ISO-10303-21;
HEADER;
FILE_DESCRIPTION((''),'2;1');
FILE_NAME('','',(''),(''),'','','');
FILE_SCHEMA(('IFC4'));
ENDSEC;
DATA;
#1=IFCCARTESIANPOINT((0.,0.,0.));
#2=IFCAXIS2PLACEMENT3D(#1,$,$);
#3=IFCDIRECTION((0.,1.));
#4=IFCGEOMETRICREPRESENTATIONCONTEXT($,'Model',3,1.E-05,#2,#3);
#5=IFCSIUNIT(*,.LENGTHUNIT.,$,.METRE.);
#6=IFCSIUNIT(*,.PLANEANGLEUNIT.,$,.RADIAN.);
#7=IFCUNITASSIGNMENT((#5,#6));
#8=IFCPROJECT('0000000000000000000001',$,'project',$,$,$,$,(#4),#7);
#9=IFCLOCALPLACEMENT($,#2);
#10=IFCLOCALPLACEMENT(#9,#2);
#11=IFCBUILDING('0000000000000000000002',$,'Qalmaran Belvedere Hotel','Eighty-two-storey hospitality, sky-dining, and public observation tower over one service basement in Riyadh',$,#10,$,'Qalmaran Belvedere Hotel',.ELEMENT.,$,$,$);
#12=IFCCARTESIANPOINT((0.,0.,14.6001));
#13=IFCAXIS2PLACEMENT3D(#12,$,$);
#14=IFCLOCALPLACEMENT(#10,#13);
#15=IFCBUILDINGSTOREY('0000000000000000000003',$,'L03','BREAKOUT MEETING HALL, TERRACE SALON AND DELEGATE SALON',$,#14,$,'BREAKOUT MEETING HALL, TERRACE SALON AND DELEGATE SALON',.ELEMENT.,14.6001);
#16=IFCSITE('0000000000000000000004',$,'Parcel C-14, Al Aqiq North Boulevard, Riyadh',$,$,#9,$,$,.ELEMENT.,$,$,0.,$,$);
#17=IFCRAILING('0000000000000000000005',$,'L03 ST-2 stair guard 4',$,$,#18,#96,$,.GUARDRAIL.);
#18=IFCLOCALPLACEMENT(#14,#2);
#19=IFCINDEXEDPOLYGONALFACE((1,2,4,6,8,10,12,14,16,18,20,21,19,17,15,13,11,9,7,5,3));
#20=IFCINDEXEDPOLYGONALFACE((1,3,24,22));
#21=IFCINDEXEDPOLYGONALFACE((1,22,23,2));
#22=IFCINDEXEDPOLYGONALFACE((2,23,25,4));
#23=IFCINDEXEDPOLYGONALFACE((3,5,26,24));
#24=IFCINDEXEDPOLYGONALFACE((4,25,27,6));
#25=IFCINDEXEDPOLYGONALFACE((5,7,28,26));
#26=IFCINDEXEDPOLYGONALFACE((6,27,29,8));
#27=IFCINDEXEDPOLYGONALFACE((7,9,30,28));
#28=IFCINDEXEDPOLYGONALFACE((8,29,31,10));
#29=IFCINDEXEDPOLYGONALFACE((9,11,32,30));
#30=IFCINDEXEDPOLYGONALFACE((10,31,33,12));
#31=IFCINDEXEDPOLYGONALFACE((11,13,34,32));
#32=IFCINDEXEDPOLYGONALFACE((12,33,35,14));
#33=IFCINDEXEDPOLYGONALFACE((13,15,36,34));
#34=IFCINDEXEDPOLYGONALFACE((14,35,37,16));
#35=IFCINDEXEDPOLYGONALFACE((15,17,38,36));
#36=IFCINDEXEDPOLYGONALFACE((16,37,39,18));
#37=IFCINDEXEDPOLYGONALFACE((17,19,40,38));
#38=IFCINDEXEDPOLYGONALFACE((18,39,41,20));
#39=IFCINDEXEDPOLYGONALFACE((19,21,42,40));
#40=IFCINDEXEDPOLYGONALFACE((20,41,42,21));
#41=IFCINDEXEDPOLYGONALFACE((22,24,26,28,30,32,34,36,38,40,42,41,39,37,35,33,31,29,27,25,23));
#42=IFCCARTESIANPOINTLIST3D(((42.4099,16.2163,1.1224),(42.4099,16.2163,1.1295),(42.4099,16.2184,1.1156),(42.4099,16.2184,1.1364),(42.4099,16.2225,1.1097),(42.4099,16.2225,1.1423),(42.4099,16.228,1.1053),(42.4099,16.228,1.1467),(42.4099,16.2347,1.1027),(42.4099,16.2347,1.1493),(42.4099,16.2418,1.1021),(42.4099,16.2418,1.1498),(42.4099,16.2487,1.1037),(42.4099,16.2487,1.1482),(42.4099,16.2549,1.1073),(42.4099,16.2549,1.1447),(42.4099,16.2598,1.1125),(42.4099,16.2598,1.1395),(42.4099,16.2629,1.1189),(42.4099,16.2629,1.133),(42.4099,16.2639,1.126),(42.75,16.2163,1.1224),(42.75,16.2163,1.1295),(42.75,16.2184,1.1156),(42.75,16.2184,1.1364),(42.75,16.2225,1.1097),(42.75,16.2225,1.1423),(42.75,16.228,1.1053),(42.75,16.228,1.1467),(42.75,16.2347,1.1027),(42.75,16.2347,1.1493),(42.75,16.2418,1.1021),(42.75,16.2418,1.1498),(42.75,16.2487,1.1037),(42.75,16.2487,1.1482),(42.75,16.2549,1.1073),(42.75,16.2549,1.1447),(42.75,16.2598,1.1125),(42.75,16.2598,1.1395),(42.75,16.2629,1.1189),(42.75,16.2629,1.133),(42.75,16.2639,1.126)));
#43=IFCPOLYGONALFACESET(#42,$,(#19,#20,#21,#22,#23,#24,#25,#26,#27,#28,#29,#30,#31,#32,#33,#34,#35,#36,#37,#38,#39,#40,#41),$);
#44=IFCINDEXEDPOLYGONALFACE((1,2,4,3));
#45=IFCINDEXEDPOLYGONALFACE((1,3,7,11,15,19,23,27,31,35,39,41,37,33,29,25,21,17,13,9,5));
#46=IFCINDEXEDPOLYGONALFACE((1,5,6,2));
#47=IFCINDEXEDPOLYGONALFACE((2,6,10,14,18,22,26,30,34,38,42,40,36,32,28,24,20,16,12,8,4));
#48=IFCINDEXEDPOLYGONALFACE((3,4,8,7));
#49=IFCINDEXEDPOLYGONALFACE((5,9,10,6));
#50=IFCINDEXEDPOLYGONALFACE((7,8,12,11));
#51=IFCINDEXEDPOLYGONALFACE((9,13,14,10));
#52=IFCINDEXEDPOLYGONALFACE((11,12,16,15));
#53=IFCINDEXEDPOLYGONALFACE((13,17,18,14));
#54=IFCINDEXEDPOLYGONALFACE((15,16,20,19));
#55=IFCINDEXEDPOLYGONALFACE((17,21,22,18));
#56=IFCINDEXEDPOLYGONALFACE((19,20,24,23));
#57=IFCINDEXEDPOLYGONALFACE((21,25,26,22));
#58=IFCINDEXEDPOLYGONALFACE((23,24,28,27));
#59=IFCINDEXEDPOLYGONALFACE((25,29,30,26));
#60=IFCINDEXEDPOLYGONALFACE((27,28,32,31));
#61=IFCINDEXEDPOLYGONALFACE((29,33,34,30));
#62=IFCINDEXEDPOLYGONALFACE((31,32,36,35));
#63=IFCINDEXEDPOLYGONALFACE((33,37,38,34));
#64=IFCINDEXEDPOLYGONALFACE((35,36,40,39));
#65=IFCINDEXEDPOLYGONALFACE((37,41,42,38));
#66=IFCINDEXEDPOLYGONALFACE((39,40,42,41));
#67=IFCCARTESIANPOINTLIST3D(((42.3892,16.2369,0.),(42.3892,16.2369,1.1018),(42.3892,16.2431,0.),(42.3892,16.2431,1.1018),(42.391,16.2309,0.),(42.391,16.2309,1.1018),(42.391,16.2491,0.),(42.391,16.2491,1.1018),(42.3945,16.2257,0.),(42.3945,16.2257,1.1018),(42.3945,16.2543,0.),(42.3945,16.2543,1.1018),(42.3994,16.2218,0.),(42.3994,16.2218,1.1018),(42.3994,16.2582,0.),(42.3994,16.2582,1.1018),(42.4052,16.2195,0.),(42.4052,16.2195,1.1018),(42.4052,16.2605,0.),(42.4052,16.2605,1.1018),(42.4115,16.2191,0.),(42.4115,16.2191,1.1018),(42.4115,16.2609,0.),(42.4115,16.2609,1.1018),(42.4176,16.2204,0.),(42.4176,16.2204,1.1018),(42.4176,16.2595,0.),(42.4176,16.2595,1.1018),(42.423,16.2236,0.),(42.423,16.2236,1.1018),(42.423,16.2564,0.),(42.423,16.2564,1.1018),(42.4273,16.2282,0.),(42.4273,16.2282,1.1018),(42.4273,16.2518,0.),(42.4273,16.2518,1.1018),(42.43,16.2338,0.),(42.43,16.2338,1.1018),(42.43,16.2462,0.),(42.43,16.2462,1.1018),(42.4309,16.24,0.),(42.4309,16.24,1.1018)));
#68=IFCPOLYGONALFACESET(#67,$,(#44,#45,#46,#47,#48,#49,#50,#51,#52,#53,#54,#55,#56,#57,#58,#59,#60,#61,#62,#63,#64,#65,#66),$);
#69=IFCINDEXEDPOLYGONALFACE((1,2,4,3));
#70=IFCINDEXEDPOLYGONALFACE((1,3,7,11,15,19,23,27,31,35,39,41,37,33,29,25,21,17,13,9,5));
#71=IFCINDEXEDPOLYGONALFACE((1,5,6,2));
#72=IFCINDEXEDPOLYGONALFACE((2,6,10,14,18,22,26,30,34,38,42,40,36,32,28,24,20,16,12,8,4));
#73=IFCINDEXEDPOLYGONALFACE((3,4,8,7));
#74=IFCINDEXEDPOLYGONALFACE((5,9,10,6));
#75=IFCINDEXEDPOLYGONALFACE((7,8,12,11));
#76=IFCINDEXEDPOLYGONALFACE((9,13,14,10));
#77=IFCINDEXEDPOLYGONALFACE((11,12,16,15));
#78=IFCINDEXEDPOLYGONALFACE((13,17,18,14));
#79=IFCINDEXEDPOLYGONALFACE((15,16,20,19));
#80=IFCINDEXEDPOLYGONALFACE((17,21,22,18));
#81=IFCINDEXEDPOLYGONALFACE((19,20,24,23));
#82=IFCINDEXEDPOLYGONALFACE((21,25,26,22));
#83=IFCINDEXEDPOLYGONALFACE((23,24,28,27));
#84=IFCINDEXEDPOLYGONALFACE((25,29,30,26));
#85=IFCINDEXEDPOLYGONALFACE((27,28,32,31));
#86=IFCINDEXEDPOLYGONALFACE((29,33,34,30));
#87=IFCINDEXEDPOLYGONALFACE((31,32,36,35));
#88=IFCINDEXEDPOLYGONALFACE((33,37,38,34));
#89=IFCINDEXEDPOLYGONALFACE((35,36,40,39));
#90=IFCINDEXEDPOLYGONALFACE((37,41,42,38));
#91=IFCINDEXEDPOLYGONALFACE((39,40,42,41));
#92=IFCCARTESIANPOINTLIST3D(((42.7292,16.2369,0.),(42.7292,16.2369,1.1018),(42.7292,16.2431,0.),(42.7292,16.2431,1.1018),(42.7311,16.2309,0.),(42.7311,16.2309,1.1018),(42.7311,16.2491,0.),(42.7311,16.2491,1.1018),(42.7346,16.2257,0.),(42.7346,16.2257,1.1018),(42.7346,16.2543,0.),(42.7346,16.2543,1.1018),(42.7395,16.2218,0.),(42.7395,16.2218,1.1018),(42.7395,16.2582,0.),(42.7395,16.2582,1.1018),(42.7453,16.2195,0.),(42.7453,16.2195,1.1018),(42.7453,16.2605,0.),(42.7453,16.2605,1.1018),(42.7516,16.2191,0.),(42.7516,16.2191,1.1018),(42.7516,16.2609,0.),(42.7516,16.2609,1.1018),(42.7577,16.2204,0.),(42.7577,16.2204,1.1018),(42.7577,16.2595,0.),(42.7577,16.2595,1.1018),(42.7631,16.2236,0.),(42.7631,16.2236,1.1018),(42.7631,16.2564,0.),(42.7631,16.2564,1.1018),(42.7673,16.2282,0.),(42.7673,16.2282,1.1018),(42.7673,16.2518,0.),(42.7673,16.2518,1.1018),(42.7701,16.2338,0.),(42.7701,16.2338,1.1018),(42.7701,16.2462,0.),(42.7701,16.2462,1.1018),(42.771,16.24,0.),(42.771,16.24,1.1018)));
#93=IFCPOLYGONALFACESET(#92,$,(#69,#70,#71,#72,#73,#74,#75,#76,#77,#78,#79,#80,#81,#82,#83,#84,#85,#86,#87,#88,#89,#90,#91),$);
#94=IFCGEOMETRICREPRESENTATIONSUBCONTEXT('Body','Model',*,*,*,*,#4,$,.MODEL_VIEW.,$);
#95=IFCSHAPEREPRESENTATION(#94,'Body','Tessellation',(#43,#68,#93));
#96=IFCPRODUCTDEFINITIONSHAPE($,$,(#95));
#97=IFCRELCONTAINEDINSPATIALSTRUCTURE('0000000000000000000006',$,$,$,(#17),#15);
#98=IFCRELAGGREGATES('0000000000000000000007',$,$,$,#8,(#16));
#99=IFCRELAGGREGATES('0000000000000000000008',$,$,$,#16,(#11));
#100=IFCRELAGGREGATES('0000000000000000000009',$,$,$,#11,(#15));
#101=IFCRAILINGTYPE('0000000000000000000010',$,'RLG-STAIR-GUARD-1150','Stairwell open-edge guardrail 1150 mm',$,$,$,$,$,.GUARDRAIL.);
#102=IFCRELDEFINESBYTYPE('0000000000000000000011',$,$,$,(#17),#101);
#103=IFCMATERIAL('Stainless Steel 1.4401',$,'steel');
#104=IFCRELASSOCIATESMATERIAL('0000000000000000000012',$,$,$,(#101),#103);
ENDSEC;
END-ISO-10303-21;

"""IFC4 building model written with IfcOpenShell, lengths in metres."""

from ifc_helpers import new_model, si_unit, direction, frame, origin, origin_2d, place, context, subcontext, project, spatial, circle, extrude, material, type_object, element, save


model = new_model("IFC4")

# Units and contexts
model_context = context("Model", 3, precision=1e-05, world=origin(), true_north=direction((0.0, 1.0)))
body_context = subcontext(model_context, "Body", "Model", "MODEL_VIEW")
ifc_project = project(units=[si_unit("LENGTHUNIT", "METRE"), si_unit("PLANEANGLEUNIT", "RADIAN")], contexts=[model_context])

# Site, building, storey
site_placement = place(None, origin())
site = spatial("IfcSite", under=ifc_project, at=site_placement, Name="Parcel C-14, Al Aqiq North Boulevard, Riyadh", CompositionType="ELEMENT", RefElevation=0.0)
building_placement = place(site_placement, origin())
building = spatial("IfcBuilding", under=site, at=building_placement, Name="Qalmaran Belvedere Hotel", Description="Eighty-two-storey hospitality, sky-dining, and public observation tower over one service basement in Riyadh", LongName="Qalmaran Belvedere Hotel", CompositionType="ELEMENT")
storey_placement = place(building_placement, frame((0.0, 0.0, 14.6001)))
storey = spatial("IfcBuildingStorey", under=building, at=storey_placement, Name="L03", Description="BREAKOUT MEETING HALL, TERRACE SALON AND DELEGATE SALON", LongName="BREAKOUT MEETING HALL, TERRACE SALON AND DELEGATE SALON", CompositionType="ELEMENT", Elevation=14.6001)

# Shared definitions
ifc_material_1 = material(Name="Stainless Steel 1.4401", Category="steel")

# Railing
railing_type_1 = type_object("IfcRailingType", Name="RLG-STAIR-GUARD-1150", Description="Stairwell open-edge guardrail 1150 mm", PredefinedType="GUARDRAIL", material=ifc_material_1)
railing_1_placement = place(storey_placement, frame((42.4099, 16.24, 0.0)))
element("IfcRailing", 1, at=railing_1_placement, inside=storey, type_object=railing_type_1, Name="L03 ST-2 stair guard 4", PredefinedType="GUARDRAIL", context=body_context, shape_type="SweptSolid", body=[
    extrude(circle(Radius=0.0239, at=origin_2d()), frame((0.0, 0.0, 1.126), z_axis=(1.0, 0.0, 0.0), x_axis=(0.0, 1.0, 0.0)), (0.0, 0.0, 1.0), 0.3401),
    extrude(circle(Radius=0.021, at=origin_2d()), origin(), (0.0, 0.0, 1.0), 1.1018),
    extrude(circle(Radius=0.021, at=origin_2d()), frame((0.3401, 0.0, 0.0)), (0.0, 0.0, 1.0), 1.1018),
])

save(model, "model.ifc")
